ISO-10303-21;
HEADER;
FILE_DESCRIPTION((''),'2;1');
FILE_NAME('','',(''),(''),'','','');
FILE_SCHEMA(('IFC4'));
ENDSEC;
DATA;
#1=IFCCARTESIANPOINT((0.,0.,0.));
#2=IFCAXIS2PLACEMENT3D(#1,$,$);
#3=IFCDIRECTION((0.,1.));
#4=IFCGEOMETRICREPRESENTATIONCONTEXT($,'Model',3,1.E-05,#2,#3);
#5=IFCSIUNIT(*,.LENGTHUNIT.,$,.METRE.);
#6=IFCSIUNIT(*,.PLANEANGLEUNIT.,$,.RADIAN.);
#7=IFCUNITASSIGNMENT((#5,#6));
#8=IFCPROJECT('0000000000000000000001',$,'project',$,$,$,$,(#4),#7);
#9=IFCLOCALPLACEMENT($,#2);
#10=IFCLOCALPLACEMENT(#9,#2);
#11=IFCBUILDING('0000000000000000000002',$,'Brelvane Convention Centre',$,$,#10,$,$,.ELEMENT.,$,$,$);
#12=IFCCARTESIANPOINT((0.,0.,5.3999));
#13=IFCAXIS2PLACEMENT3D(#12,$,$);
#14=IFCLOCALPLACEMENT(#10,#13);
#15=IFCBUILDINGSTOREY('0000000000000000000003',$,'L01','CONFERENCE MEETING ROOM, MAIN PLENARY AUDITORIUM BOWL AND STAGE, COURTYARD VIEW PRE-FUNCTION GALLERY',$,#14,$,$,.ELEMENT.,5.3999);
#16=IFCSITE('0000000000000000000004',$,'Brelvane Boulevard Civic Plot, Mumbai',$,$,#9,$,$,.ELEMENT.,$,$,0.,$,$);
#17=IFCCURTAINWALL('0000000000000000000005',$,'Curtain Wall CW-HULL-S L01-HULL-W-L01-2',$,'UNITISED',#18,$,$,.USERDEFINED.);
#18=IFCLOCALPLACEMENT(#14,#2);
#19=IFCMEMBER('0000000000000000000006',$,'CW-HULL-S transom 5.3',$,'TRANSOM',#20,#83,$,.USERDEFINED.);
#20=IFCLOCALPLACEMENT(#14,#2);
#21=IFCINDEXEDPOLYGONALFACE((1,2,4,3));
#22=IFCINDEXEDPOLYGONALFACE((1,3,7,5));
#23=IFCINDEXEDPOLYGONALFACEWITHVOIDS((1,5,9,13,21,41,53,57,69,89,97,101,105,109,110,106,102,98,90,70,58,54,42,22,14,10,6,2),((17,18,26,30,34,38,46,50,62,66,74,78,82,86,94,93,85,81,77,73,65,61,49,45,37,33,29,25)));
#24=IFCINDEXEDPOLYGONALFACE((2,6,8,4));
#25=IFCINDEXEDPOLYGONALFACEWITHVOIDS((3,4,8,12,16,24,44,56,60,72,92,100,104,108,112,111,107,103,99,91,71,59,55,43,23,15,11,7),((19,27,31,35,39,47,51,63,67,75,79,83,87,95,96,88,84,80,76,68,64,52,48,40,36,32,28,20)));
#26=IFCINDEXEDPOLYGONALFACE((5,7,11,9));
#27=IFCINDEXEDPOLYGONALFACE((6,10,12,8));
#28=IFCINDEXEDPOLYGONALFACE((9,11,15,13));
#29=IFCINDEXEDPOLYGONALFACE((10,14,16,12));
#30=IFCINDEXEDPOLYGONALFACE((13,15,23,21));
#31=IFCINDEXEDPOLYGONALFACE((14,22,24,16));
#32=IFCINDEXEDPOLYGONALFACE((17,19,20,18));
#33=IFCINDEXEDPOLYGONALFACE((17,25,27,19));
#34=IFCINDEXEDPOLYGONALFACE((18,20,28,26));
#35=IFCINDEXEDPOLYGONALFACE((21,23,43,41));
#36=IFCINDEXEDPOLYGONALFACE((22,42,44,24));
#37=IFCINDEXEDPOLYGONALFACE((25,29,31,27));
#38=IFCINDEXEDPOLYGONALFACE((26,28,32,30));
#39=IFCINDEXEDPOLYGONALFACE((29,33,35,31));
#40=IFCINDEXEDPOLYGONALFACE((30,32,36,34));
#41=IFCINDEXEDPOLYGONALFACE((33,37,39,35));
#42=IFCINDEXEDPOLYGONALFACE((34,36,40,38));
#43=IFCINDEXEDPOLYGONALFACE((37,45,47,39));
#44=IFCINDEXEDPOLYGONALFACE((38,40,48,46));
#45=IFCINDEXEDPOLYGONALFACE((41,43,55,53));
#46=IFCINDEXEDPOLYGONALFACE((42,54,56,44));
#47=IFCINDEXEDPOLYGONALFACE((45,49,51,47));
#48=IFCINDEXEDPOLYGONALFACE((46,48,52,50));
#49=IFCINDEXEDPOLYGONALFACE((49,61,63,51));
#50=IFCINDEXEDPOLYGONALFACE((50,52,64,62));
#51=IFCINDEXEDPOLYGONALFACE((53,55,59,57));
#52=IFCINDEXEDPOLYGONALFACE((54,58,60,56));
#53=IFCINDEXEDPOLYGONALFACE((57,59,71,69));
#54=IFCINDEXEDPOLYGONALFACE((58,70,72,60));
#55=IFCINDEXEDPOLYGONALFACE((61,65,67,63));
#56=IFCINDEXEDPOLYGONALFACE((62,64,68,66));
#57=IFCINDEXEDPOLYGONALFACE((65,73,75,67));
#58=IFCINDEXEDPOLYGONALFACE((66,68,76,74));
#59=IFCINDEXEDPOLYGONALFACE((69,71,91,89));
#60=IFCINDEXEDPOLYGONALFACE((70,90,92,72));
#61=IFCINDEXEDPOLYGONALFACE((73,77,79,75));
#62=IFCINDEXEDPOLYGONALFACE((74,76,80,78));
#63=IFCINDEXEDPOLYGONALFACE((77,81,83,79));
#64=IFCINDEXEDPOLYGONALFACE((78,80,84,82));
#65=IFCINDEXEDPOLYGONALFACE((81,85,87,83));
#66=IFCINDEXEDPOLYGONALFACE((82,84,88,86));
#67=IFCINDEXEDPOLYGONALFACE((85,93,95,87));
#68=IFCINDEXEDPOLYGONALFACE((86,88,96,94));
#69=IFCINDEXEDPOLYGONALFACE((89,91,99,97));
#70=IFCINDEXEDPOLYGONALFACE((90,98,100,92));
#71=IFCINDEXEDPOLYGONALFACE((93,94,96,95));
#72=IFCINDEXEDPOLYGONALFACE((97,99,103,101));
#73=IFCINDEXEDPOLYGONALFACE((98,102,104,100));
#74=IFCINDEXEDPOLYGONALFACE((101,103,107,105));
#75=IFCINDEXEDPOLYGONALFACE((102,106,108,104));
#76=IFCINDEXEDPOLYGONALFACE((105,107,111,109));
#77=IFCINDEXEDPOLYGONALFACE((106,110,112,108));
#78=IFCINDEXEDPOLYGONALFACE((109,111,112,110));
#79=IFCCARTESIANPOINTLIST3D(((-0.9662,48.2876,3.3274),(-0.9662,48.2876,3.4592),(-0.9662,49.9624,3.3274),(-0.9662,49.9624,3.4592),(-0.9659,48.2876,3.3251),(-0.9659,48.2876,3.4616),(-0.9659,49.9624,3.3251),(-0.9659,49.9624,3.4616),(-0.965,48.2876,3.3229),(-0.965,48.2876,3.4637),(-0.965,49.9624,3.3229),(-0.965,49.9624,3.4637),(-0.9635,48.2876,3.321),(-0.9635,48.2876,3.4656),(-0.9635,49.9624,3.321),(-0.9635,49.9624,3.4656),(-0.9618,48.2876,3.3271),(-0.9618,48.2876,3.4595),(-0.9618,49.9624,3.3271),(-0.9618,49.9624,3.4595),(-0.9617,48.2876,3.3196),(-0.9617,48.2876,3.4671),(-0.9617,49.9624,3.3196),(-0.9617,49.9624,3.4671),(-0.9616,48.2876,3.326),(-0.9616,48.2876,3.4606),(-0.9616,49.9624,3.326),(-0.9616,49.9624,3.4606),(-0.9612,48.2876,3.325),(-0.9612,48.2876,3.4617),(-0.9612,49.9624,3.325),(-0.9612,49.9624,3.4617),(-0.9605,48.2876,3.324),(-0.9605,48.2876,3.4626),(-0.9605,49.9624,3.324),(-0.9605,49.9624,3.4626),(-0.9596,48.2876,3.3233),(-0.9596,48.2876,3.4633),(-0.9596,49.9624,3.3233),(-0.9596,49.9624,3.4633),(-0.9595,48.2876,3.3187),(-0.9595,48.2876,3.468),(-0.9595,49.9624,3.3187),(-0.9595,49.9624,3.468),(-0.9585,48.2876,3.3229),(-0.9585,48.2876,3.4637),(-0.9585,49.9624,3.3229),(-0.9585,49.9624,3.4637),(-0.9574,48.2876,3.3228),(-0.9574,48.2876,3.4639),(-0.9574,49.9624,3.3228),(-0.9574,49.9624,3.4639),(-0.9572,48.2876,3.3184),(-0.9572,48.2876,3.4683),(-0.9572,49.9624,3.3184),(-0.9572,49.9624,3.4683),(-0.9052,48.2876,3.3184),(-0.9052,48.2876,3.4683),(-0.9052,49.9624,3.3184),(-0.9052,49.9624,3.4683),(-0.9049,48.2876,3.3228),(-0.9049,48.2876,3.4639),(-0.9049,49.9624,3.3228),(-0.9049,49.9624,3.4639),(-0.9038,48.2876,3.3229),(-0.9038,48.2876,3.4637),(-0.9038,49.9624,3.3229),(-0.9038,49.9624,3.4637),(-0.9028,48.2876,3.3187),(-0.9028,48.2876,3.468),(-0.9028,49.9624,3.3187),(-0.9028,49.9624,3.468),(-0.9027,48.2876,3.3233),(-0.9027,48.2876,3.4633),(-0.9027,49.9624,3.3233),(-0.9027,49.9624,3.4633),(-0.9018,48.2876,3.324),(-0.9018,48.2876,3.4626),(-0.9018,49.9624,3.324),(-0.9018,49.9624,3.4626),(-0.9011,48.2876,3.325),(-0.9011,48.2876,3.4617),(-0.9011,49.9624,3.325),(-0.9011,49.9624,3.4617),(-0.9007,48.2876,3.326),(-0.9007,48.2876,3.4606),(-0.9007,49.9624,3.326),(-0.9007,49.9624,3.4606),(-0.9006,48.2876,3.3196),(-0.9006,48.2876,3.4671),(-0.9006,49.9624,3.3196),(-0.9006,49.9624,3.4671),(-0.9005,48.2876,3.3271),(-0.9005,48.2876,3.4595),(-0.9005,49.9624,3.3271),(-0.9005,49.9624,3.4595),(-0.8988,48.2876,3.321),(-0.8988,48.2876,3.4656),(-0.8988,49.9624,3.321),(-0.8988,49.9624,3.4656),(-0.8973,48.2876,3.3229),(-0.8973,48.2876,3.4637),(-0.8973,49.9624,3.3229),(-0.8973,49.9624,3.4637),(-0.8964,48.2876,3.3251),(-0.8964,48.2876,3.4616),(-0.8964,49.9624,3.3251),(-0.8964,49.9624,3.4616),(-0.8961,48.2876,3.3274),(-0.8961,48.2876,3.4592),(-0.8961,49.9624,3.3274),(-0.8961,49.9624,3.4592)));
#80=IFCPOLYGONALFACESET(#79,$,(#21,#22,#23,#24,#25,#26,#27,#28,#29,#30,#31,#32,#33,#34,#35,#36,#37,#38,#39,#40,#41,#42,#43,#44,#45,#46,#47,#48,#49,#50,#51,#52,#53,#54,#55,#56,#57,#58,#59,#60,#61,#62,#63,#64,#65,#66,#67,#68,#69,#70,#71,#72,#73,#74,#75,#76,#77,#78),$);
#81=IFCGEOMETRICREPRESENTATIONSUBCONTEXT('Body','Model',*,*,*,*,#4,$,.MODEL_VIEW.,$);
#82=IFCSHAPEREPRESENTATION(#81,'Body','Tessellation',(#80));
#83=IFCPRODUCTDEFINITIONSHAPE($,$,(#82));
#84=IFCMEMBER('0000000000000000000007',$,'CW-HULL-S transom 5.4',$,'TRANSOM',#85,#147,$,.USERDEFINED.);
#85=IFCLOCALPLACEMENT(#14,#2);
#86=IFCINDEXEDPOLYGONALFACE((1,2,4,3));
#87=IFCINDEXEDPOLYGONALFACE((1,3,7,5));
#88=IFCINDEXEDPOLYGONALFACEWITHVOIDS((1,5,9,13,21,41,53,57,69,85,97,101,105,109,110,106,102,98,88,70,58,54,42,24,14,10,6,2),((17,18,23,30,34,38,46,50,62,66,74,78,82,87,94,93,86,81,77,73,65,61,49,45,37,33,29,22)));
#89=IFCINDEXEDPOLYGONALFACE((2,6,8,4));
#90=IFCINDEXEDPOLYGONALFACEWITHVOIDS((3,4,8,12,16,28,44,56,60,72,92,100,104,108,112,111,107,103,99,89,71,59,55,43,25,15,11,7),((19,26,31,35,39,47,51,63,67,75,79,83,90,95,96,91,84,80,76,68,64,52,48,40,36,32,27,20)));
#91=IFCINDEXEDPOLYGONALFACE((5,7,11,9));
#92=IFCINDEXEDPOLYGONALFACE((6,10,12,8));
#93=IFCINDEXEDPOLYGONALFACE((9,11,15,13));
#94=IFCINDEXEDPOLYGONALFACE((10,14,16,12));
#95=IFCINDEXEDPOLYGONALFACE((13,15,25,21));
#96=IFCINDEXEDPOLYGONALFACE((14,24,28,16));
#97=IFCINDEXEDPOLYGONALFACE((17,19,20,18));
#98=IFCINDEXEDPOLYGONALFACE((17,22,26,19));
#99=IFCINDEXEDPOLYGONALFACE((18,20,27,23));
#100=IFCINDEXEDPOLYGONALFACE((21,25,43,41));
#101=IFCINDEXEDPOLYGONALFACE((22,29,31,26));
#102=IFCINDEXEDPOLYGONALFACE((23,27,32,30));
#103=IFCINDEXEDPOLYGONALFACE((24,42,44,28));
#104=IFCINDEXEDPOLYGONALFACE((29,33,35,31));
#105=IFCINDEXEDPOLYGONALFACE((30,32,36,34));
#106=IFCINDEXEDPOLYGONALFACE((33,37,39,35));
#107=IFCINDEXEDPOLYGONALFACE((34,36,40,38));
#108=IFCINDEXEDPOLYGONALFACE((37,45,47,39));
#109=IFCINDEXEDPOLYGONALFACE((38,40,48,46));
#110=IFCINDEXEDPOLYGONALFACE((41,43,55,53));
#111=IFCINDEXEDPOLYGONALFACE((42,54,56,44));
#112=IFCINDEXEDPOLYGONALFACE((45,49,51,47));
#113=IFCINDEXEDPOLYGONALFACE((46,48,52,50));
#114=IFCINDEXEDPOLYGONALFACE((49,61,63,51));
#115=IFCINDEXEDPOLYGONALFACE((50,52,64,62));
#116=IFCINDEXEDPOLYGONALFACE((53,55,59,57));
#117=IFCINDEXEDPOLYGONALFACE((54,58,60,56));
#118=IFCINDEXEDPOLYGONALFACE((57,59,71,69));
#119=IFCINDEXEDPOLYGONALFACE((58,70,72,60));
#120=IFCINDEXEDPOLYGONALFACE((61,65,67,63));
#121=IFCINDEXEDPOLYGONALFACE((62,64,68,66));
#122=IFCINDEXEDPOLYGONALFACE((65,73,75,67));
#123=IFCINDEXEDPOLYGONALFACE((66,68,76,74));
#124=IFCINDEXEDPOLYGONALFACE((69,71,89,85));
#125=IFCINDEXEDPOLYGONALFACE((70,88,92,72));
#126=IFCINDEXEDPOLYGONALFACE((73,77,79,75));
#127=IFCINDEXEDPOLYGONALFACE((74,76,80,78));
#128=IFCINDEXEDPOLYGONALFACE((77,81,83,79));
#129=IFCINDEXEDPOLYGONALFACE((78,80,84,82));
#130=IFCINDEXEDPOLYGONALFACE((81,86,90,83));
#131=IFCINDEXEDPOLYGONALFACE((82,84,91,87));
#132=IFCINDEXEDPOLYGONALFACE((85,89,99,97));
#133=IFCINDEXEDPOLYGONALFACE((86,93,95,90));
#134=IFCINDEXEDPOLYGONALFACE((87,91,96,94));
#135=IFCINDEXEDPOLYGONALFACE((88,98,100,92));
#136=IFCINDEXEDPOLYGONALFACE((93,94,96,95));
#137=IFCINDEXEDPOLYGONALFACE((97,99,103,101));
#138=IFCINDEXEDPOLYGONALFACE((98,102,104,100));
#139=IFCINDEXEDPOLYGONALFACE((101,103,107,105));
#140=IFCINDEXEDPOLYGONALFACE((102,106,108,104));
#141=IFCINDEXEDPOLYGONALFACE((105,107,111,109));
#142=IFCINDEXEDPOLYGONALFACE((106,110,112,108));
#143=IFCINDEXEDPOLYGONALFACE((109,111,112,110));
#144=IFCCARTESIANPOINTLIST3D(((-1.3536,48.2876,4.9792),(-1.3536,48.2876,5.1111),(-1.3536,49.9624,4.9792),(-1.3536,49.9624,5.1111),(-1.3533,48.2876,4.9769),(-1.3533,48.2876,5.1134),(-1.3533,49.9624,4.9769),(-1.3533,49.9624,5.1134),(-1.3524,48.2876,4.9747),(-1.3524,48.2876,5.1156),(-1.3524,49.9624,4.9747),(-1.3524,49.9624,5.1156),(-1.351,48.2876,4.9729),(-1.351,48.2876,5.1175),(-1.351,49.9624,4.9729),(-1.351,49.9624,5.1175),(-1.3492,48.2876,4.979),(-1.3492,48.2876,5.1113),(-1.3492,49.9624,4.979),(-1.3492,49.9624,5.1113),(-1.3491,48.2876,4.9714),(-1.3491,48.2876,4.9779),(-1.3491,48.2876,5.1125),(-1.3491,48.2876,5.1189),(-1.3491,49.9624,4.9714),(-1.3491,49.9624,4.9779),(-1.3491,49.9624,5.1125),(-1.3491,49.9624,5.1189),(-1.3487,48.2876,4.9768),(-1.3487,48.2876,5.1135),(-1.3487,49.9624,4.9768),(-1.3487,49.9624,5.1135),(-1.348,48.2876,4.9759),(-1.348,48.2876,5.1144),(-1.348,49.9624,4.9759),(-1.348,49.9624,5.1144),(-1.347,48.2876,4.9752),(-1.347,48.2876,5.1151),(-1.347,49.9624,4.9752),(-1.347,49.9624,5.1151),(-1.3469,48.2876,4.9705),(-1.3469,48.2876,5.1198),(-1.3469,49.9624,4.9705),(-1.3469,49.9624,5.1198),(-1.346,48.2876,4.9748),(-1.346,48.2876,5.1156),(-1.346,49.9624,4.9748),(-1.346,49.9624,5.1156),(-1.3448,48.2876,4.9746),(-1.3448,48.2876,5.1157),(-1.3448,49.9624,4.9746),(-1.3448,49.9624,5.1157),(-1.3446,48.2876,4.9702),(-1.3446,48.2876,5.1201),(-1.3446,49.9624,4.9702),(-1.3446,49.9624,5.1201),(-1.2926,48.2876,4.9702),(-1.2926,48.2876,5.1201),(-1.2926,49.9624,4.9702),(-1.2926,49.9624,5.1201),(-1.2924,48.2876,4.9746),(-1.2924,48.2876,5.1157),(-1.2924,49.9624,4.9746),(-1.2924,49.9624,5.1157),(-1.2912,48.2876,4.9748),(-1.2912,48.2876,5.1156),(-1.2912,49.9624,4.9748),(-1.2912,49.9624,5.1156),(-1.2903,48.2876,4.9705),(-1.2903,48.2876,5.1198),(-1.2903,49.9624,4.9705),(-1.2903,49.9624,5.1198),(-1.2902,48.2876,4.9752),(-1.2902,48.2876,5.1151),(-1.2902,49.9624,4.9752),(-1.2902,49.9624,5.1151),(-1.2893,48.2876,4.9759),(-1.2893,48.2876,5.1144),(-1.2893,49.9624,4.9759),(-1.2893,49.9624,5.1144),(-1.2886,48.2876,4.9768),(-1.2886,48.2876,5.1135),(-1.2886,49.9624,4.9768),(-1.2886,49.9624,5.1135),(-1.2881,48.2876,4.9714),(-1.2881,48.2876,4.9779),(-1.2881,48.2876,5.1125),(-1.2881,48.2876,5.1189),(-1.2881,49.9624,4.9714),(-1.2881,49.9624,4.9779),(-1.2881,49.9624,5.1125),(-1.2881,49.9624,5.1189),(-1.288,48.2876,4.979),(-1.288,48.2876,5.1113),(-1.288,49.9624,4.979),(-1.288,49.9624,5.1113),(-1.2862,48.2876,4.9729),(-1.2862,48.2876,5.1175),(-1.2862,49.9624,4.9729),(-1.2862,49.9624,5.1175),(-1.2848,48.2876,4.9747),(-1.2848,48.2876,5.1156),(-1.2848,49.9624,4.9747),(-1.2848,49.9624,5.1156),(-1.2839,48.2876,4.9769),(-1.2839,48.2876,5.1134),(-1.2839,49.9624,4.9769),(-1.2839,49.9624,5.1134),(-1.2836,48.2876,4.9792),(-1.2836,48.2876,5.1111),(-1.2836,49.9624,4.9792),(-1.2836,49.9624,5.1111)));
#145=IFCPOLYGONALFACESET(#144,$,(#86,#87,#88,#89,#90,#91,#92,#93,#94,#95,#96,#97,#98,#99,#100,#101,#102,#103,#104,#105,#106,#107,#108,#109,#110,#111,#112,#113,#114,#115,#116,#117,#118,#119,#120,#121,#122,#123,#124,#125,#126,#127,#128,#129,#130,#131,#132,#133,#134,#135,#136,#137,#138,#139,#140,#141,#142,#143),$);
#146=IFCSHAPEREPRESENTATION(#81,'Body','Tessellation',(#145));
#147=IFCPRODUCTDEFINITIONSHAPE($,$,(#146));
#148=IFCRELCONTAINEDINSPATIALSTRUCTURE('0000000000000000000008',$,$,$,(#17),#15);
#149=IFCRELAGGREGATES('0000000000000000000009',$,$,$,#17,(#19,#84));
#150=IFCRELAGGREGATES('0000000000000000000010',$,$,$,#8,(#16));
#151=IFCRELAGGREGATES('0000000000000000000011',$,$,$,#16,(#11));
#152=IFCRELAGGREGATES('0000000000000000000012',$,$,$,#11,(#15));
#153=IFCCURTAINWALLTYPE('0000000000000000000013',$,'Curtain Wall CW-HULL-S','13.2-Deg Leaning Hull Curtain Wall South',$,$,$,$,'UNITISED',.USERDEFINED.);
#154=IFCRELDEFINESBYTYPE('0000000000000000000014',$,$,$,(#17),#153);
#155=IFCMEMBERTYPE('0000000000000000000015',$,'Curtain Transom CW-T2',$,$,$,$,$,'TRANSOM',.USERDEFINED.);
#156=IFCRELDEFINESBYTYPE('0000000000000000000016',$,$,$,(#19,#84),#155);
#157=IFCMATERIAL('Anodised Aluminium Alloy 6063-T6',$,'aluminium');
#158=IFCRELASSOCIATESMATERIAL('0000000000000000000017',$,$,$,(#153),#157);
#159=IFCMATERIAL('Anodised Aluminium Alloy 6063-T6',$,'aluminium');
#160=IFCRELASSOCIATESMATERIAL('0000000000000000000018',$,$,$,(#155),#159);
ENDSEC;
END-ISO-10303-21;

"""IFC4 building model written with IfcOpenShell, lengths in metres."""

from ifc_helpers import new_model, si_unit, direction, frame, origin, origin_2d, place, context, subcontext, project, spatial, hollow_rectangle, extrude, material, material_profile, profile_set, type_object, element, aggregate, save


model = new_model("IFC4")

# Units and contexts
model_context = context("Model", 3, precision=1e-05, world=origin(), true_north=direction((0.0, 1.0)))
body_context = subcontext(model_context, "Body", "Model", "MODEL_VIEW")
ifc_project = project(units=[si_unit("LENGTHUNIT", "METRE"), si_unit("PLANEANGLEUNIT", "RADIAN")], contexts=[model_context])

# Site, building, storey
site_placement = place(None, origin())
site = spatial("IfcSite", under=ifc_project, at=site_placement, Name="Brelvane Boulevard Civic Plot, Mumbai", CompositionType="ELEMENT", RefElevation=0.0)
building_placement = place(site_placement, origin())
building = spatial("IfcBuilding", under=site, at=building_placement, Name="Brelvane Convention Centre", CompositionType="ELEMENT")
storey_placement = place(building_placement, frame((0.0, 0.0, 5.3999)))
storey = spatial("IfcBuildingStorey", under=building, at=storey_placement, Name="L01", Description="CONFERENCE MEETING ROOM, MAIN PLENARY AUDITORIUM BOWL AND STAGE, COURTYARD VIEW PRE-FUNCTION GALLERY", CompositionType="ELEMENT", Elevation=5.3999)

# Curtain wall, members
ifc_material_1 = material(Name="Anodised Aluminium Alloy 6063-T6", Category="aluminium")
curtain_wall_type = type_object("IfcCurtainWallType", Name="Curtain Wall CW-HULL-S", Description="13.2-Deg Leaning Hull Curtain Wall South", ElementType="UNITISED", PredefinedType="USERDEFINED", material=ifc_material_1)
curtain_wall_placement = place(storey_placement, origin())
curtain_wall = element("IfcCurtainWall", 1, at=curtain_wall_placement, inside=storey, type_object=curtain_wall_type, Name="Curtain Wall CW-HULL-S L01-HULL-W-L01-2", ObjectType="UNITISED", PredefinedType="USERDEFINED")
ifc_material_2 = material(Name="Anodised Aluminium Alloy 6063-T6", Category="aluminium")
ifc_material_profile_1 = material_profile(ifc_material_2, hollow_rectangle(XDim=0.0701, YDim=0.1499, WallThickness=0.0044, InnerFilletRadius=0.0044, OuterFilletRadius=0.009, at=origin_2d()), Name="ALU-T 150x70x4.5")
ifc_profile_set_1 = profile_set([ifc_material_profile_1], Name="Anodised Aluminium Alloy 6063-T6")
member_type_1 = type_object("IfcMemberType", Name="Curtain Transom CW-T2", ElementType="TRANSOM", PredefinedType="USERDEFINED", material=ifc_profile_set_1)
member_1_placement = place(storey_placement, frame((-0.9312, 48.2876, 3.3933), z_axis=(0.0, 1.0, 0.0), x_axis=(-1.0, 0.0, 0.0)))
member_1 = element("IfcMember", 2, at=member_1_placement, type_object=member_type_1, Name="CW-HULL-S transom 5.3", ObjectType="TRANSOM", PredefinedType="USERDEFINED", context=body_context, shape_type="SweptSolid", body=[
    extrude(hollow_rectangle(XDim=0.0701, YDim=0.1499, WallThickness=0.0044, InnerFilletRadius=0.0044, OuterFilletRadius=0.009, at=origin_2d()), origin(), (0.0, 0.0, 1.0), 1.6748),
])
member_2_placement = place(storey_placement, frame((-1.3186, 48.2876, 5.0452), z_axis=(0.0, 1.0, 0.0), x_axis=(-1.0, 0.0, 0.0)))
member_2 = element("IfcMember", 3, at=member_2_placement, type_object=member_type_1, Name="CW-HULL-S transom 5.4", ObjectType="TRANSOM", PredefinedType="USERDEFINED", context=body_context, shape_type="SweptSolid", body=[
    extrude(hollow_rectangle(XDim=0.0701, YDim=0.1499, WallThickness=0.0044, InnerFilletRadius=0.0044, OuterFilletRadius=0.009, at=origin_2d()), origin(), (0.0, 0.0, 1.0), 1.6748),
])
aggregate(curtain_wall, [member_1, member_2])

save(model, "model.ifc")
